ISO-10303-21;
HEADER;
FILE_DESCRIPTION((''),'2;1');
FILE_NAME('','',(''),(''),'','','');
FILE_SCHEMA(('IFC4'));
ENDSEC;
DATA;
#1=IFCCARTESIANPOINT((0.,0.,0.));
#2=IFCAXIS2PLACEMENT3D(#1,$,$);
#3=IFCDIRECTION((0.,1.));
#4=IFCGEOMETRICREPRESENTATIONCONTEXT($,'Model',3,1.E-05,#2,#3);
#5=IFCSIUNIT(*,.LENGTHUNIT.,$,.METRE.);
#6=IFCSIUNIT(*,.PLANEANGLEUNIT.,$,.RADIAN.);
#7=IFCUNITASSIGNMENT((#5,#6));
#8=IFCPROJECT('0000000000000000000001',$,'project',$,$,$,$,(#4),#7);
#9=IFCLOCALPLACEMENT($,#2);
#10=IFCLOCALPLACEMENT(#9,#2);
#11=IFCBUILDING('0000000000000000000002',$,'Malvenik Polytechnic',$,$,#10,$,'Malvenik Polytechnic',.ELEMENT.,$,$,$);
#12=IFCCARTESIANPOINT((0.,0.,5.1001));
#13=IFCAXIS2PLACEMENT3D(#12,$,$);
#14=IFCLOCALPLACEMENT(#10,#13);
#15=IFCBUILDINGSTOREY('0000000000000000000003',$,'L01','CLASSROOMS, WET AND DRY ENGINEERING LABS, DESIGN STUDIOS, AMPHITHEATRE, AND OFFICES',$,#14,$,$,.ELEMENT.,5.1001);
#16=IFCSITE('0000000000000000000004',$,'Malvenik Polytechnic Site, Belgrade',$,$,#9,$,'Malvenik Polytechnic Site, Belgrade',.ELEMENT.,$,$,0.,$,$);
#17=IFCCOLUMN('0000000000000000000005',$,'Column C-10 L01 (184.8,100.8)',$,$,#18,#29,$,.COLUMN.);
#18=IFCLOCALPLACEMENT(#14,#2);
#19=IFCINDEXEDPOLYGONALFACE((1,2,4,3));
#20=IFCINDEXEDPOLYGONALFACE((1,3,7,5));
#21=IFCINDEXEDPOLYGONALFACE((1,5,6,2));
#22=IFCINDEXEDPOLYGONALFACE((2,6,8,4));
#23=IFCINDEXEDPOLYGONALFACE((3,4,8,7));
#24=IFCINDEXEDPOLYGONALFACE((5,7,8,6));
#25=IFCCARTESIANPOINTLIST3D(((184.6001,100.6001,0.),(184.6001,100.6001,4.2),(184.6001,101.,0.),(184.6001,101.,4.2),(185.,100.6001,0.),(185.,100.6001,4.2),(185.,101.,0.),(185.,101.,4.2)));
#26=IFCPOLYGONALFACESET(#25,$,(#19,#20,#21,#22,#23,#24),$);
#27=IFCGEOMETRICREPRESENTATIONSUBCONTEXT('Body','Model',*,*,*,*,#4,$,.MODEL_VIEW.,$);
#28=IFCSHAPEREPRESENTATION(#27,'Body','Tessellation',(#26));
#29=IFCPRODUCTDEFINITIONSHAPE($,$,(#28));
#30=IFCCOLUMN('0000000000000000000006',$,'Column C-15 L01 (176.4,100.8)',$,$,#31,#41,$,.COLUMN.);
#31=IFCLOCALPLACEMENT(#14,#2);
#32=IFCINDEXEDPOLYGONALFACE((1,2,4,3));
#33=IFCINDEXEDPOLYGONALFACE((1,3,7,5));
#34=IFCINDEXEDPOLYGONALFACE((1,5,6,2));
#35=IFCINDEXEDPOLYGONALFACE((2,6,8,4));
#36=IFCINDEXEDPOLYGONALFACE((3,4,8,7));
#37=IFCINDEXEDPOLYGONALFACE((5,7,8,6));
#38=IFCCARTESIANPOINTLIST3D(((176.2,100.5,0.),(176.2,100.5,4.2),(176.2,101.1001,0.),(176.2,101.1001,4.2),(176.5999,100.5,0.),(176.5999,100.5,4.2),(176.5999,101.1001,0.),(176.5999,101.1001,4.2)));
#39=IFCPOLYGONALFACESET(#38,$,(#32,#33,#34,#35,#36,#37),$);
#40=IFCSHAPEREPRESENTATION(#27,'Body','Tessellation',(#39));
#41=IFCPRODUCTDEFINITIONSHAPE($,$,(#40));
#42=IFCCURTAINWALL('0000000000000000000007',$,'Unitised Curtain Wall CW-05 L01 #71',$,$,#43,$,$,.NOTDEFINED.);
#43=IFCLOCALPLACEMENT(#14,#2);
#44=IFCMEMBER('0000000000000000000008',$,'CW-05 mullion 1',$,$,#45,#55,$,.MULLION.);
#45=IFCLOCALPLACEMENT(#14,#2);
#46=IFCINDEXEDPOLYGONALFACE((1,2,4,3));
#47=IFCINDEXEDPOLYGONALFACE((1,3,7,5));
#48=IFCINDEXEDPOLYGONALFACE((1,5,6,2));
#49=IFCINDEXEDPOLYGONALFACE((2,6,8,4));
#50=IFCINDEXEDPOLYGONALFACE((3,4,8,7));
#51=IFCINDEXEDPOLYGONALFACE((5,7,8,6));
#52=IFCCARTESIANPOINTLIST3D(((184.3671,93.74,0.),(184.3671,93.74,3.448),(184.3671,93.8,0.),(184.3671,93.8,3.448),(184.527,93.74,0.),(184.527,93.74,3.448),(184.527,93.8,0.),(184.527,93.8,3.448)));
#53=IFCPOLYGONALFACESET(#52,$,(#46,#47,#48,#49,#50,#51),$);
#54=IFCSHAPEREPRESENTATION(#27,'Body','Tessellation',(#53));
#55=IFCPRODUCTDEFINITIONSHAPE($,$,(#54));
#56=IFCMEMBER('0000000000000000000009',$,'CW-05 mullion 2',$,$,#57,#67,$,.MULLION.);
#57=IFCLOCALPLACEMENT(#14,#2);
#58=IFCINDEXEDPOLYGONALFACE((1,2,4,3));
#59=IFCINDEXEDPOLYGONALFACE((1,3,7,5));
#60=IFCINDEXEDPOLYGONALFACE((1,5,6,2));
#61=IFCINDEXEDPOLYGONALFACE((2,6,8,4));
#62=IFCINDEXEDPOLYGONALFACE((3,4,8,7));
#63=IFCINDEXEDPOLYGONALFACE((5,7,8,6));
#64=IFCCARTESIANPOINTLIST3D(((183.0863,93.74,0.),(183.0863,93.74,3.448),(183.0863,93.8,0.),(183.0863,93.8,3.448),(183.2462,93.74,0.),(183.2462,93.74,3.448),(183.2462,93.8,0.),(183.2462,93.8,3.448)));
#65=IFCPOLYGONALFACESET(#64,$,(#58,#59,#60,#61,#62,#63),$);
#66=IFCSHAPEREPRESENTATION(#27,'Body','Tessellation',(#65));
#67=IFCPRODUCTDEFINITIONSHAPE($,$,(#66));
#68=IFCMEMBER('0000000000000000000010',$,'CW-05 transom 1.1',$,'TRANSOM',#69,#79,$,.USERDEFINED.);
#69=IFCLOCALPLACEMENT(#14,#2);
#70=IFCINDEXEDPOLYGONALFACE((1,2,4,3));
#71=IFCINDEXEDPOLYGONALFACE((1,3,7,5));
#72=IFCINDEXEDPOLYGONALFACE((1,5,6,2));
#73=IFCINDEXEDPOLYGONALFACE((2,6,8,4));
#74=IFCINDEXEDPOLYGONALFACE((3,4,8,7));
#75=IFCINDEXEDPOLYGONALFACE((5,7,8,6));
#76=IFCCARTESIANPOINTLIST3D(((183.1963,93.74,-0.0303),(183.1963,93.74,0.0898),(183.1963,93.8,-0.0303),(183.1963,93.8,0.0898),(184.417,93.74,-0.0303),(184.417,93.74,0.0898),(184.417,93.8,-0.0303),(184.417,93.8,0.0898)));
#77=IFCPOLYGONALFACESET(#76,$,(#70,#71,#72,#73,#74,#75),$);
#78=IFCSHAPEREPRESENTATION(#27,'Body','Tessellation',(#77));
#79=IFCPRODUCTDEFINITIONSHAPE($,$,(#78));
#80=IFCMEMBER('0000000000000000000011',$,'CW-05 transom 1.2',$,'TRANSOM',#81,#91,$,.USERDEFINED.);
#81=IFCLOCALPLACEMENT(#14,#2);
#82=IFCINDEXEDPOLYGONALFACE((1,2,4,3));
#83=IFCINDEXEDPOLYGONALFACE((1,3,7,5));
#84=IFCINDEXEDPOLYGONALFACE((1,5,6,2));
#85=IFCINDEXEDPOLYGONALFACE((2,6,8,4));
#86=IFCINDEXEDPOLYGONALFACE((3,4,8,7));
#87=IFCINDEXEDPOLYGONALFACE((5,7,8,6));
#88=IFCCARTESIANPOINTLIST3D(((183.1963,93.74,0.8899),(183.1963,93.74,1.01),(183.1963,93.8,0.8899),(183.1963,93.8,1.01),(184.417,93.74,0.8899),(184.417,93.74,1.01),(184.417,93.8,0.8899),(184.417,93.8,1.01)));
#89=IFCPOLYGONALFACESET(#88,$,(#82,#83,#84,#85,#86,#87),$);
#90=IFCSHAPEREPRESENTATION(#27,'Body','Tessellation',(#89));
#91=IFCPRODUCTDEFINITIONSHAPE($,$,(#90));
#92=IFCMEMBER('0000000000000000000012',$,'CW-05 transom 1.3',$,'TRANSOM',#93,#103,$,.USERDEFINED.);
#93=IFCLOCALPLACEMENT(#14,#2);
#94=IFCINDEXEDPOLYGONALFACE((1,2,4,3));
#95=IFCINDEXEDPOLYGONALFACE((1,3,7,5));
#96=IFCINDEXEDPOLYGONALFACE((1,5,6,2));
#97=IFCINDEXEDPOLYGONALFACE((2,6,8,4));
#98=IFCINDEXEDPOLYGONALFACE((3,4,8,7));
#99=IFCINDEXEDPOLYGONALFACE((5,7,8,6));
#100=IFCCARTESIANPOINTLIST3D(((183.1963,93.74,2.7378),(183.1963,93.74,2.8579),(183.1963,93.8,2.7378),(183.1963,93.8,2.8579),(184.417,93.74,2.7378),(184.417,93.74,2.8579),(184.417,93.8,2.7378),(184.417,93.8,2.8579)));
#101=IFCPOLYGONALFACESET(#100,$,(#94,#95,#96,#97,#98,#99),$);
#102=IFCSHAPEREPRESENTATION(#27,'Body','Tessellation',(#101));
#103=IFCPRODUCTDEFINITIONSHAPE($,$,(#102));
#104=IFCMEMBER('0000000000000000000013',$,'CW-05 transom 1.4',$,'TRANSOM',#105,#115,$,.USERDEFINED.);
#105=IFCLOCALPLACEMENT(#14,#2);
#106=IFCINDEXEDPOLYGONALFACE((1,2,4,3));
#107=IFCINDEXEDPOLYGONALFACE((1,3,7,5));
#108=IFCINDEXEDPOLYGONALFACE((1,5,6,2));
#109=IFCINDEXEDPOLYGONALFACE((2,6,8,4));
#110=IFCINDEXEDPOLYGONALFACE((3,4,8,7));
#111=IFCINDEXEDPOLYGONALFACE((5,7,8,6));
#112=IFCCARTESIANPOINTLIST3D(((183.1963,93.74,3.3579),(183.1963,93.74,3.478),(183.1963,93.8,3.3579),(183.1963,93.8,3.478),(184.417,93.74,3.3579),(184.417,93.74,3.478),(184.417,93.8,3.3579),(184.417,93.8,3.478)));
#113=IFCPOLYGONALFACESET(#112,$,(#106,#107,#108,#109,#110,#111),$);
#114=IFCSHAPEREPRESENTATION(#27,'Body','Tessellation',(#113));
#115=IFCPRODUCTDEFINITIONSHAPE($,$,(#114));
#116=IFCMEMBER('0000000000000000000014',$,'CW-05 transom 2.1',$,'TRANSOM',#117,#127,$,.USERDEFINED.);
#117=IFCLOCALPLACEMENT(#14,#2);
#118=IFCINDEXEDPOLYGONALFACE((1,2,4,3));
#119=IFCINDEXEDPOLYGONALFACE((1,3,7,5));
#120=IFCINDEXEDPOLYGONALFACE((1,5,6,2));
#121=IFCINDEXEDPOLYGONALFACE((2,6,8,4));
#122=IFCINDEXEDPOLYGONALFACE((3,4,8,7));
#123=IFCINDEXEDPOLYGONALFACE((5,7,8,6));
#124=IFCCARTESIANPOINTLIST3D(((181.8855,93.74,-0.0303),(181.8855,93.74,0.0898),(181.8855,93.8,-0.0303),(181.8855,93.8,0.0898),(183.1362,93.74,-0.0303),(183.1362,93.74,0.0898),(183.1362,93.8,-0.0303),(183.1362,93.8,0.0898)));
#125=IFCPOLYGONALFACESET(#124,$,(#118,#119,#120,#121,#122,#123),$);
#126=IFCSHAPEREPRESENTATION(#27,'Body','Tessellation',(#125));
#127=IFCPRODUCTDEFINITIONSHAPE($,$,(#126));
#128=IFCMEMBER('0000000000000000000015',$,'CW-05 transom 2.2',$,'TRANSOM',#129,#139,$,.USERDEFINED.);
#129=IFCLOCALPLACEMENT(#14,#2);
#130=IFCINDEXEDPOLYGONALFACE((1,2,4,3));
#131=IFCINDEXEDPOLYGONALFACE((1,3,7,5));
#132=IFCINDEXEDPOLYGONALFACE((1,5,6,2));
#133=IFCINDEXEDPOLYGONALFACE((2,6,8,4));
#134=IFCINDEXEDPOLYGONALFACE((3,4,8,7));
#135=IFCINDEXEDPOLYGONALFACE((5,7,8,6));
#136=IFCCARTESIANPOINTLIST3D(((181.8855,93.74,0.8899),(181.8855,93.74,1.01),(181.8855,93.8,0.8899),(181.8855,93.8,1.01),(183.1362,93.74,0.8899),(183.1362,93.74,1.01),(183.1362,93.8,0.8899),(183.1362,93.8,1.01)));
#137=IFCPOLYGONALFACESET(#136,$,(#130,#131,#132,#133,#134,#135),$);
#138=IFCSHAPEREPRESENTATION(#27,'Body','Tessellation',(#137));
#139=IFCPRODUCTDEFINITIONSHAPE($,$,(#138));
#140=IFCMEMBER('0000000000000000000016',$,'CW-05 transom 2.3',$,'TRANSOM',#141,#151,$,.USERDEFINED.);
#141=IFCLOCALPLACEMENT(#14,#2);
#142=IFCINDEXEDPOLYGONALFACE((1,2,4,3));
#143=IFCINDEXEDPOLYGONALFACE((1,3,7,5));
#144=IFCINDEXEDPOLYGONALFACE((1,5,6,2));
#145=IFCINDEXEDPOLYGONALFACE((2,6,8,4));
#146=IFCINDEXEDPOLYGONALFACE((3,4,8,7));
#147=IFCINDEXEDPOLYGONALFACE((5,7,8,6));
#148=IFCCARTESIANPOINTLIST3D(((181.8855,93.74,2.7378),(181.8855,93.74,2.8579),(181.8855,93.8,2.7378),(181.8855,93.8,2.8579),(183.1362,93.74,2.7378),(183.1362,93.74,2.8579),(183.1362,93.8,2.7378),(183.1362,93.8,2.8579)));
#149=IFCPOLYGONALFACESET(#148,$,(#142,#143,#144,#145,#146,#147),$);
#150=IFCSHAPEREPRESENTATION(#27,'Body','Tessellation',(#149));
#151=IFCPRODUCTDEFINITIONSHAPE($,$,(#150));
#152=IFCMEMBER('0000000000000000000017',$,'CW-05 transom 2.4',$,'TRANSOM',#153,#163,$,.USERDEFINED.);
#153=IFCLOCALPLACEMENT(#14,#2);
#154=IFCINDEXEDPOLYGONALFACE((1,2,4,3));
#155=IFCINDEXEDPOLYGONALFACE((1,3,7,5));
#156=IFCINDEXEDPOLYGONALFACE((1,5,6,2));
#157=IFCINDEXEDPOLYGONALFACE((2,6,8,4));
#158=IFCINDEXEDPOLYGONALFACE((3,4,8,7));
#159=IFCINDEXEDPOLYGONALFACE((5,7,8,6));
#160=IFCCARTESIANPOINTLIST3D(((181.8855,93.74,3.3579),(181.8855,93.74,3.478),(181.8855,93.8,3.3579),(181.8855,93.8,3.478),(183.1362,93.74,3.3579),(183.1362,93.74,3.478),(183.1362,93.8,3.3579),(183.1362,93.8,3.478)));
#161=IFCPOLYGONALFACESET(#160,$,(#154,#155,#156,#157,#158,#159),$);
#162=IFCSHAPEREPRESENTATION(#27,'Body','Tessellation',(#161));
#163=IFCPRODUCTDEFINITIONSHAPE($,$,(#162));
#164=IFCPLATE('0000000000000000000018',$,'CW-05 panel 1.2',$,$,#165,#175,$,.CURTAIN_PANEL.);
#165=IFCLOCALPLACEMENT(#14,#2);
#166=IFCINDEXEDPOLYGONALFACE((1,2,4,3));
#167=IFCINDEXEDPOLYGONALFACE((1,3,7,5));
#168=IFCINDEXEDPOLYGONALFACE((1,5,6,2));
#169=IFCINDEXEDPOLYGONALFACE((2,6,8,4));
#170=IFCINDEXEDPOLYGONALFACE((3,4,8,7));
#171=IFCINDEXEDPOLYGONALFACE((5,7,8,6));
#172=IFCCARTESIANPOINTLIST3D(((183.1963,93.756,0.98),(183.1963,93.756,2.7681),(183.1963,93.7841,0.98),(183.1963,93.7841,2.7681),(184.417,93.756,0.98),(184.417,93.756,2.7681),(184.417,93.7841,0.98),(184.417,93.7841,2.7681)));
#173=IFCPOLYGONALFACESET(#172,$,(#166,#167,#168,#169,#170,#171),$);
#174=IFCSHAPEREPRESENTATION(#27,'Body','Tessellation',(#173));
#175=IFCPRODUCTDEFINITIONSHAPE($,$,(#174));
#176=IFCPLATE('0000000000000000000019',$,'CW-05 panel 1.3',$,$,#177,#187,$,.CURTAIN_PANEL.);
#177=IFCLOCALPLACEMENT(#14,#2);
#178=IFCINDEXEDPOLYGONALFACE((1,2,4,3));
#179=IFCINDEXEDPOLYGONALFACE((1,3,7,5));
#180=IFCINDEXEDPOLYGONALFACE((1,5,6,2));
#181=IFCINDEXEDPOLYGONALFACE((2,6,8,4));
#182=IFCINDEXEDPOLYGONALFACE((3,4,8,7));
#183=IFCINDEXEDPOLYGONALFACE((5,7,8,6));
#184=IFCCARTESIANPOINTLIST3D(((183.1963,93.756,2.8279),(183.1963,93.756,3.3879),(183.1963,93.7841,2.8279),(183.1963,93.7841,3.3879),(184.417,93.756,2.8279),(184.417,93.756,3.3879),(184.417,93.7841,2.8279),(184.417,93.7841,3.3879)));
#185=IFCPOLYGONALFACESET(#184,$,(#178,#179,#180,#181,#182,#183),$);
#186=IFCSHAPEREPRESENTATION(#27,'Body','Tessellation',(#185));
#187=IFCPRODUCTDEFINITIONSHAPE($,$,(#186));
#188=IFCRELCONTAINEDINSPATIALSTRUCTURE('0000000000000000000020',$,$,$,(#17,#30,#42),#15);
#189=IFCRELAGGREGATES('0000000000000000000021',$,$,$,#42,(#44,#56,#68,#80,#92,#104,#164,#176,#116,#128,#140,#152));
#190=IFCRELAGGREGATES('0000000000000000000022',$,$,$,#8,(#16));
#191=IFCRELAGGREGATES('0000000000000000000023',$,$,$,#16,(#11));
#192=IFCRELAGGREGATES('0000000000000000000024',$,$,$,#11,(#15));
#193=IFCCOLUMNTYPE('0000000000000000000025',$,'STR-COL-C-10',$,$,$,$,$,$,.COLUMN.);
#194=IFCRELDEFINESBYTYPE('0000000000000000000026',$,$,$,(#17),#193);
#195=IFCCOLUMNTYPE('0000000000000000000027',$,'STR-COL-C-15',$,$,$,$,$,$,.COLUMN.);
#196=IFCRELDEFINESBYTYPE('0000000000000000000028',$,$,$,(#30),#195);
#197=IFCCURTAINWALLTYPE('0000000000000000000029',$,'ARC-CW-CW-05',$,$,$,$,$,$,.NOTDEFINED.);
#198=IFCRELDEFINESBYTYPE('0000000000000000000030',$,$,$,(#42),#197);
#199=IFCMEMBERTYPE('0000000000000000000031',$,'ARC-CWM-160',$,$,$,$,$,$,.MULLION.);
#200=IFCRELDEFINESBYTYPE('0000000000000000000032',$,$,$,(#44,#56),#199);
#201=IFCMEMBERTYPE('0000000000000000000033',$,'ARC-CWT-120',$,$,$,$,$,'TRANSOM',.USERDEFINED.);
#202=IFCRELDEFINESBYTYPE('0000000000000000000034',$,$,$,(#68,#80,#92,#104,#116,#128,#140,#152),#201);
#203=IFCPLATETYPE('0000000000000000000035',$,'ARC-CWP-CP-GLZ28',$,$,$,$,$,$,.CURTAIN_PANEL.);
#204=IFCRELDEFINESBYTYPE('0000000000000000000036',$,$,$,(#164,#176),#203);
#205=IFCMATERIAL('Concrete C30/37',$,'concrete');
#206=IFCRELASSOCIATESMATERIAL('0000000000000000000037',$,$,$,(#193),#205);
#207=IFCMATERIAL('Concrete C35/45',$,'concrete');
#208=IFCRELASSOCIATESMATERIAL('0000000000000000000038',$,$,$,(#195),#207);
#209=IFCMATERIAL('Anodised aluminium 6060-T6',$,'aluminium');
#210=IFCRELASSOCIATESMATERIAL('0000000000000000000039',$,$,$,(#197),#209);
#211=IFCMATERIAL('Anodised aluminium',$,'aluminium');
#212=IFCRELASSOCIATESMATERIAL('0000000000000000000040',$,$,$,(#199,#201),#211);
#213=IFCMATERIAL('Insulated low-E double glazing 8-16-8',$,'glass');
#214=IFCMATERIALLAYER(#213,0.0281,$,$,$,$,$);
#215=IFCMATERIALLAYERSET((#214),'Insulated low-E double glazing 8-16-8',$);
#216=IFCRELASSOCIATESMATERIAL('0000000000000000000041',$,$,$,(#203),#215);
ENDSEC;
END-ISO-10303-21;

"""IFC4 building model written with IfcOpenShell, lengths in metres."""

from ifc_helpers import new_model, si_unit, direction, frame, origin, origin_2d, place, context, subcontext, project, spatial, rectangle, extrude, material, layer, layer_set, material_profile, profile_set, type_object, element, aggregate, save


model = new_model("IFC4")

# Units and contexts
model_context = context("Model", 3, precision=1e-05, world=origin(), true_north=direction((0.0, 1.0)))
body_context = subcontext(model_context, "Body", "Model", "MODEL_VIEW")
ifc_project = project(units=[si_unit("LENGTHUNIT", "METRE"), si_unit("PLANEANGLEUNIT", "RADIAN")], contexts=[model_context])

# Site, building, storey
site_placement = place(None, origin())
site = spatial("IfcSite", under=ifc_project, at=site_placement, Name="Malvenik Polytechnic Site, Belgrade", LongName="Malvenik Polytechnic Site, Belgrade", CompositionType="ELEMENT", RefElevation=0.0)
building_placement = place(site_placement, origin())
building = spatial("IfcBuilding", under=site, at=building_placement, Name="Malvenik Polytechnic", LongName="Malvenik Polytechnic", CompositionType="ELEMENT")
storey_placement = place(building_placement, frame((0.0, 0.0, 5.1001)))
storey = spatial("IfcBuildingStorey", under=building, at=storey_placement, Name="L01", Description="CLASSROOMS, WET AND DRY ENGINEERING LABS, DESIGN STUDIOS, AMPHITHEATRE, AND OFFICES", CompositionType="ELEMENT", Elevation=5.1001)

# Columns
ifc_material_1 = material(Name="Concrete C30/37", Category="concrete")
ifc_material_profile_1 = material_profile(ifc_material_1, rectangle(XDim=0.3999, YDim=0.3999, at=origin_2d()), Name="RC COL 400x400")
ifc_profile_set_1 = profile_set([ifc_material_profile_1], Name="Concrete C30/37")
column_type_1 = type_object("IfcColumnType", Name="STR-COL-C-10", PredefinedType="COLUMN", material=ifc_profile_set_1)
column_1_placement = place(storey_placement, frame((184.8, 100.8, 0.0), z_axis=(0.0, 0.0, 1.0), x_axis=(1.0, 0.0, 0.0)))
element("IfcColumn", 1, at=column_1_placement, inside=storey, type_object=column_type_1, Name="Column C-10 L01 (184.8,100.8)", PredefinedType="COLUMN", context=body_context, shape_type="SweptSolid", body=[
    extrude(rectangle(XDim=0.3999, YDim=0.3999, at=origin_2d()), origin(), (0.0, 0.0, 1.0), 4.2),
])
ifc_material_2 = material(Name="Concrete C35/45", Category="concrete")
ifc_material_profile_2 = material_profile(ifc_material_2, rectangle(XDim=0.3999, YDim=0.6001, at=origin_2d()), Name="RC COL 600x400")
ifc_profile_set_2 = profile_set([ifc_material_profile_2], Name="Concrete C35/45")
column_type_2 = type_object("IfcColumnType", Name="STR-COL-C-15", PredefinedType="COLUMN", material=ifc_profile_set_2)
column_2_placement = place(storey_placement, frame((176.3999, 100.8, 0.0), z_axis=(0.0, 0.0, 1.0), x_axis=(1.0, 0.0, 0.0)))
element("IfcColumn", 2, at=column_2_placement, inside=storey, type_object=column_type_2, Name="Column C-15 L01 (176.4,100.8)", PredefinedType="COLUMN", context=body_context, shape_type="SweptSolid", body=[
    extrude(rectangle(XDim=0.3999, YDim=0.6001, at=origin_2d()), origin(), (0.0, 0.0, 1.0), 4.2),
])

# Curtain wall, members, plates
ifc_material_3 = material(Name="Anodised aluminium 6060-T6", Category="aluminium")
curtain_wall_type = type_object("IfcCurtainWallType", Name="ARC-CW-CW-05", PredefinedType="NOTDEFINED", material=ifc_material_3)
curtain_wall_placement = place(storey_placement, origin())
curtain_wall = element("IfcCurtainWall", 3, at=curtain_wall_placement, inside=storey, type_object=curtain_wall_type, Name="Unitised Curtain Wall CW-05 L01 #71", PredefinedType="NOTDEFINED")
ifc_material_4 = material(Name="Anodised aluminium", Category="aluminium")
ifc_material_profile_3 = material_profile(ifc_material_4, rectangle(XDim=0.0601, YDim=0.1599, at=origin_2d()), Name="ALU MULLION 60x160")
ifc_profile_set_3 = profile_set([ifc_material_profile_3], Name="Anodised aluminium")
member_type_1 = type_object("IfcMemberType", Name="ARC-CWM-160", PredefinedType="MULLION", material=ifc_profile_set_3)
member_1_placement = place(storey_placement, frame((184.447, 93.77, 0.0), z_axis=(0.0, 0.0, 1.0), x_axis=(0.0, -1.0, 0.0)))
member_1 = element("IfcMember", 4, at=member_1_placement, type_object=member_type_1, Name="CW-05 mullion 1", PredefinedType="MULLION", context=body_context, shape_type="SweptSolid", body=[
    extrude(rectangle(XDim=0.0601, YDim=0.1599, at=origin_2d()), origin(), (0.0, 0.0, 1.0), 3.448),
])
member_2_placement = place(storey_placement, frame((183.1663, 93.77, 0.0), z_axis=(0.0, 0.0, 1.0), x_axis=(0.0, -1.0, 0.0)))
member_2 = element("IfcMember", 5, at=member_2_placement, type_object=member_type_1, Name="CW-05 mullion 2", PredefinedType="MULLION", context=body_context, shape_type="SweptSolid", body=[
    extrude(rectangle(XDim=0.0601, YDim=0.1599, at=origin_2d()), origin(), (0.0, 0.0, 1.0), 3.448),
])
ifc_material_profile_4 = material_profile(ifc_material_4, rectangle(XDim=0.0601, YDim=0.1201, at=origin_2d()), Name="ALU TRANSOM 60x120")
ifc_profile_set_4 = profile_set([ifc_material_profile_4], Name="Anodised aluminium")
member_type_2 = type_object("IfcMemberType", Name="ARC-CWT-120", ElementType="TRANSOM", PredefinedType="USERDEFINED", material=ifc_profile_set_4)
member_3_placement = place(storey_placement, frame((184.417, 93.77, 0.0298), z_axis=(-1.0, 0.0, 0.0), x_axis=(0.0, -1.0, 0.0)))
member_3 = element("IfcMember", 6, at=member_3_placement, type_object=member_type_2, Name="CW-05 transom 1.1", ObjectType="TRANSOM", PredefinedType="USERDEFINED", context=body_context, shape_type="SweptSolid", body=[
    extrude(rectangle(XDim=0.0601, YDim=0.1201, at=origin_2d()), origin(), (0.0, 0.0, 1.0), 1.2207),
])
member_4_placement = place(storey_placement, frame((184.417, 93.77, 0.95), z_axis=(-1.0, 0.0, 0.0), x_axis=(0.0, -1.0, 0.0)))
member_4 = element("IfcMember", 7, at=member_4_placement, type_object=member_type_2, Name="CW-05 transom 1.2", ObjectType="TRANSOM", PredefinedType="USERDEFINED", context=body_context, shape_type="SweptSolid", body=[
    extrude(rectangle(XDim=0.0601, YDim=0.1201, at=origin_2d()), origin(), (0.0, 0.0, 1.0), 1.2207),
])
member_5_placement = place(storey_placement, frame((184.417, 93.77, 2.7979), z_axis=(-1.0, 0.0, 0.0), x_axis=(0.0, -1.0, 0.0)))
member_5 = element("IfcMember", 8, at=member_5_placement, type_object=member_type_2, Name="CW-05 transom 1.3", ObjectType="TRANSOM", PredefinedType="USERDEFINED", context=body_context, shape_type="SweptSolid", body=[
    extrude(rectangle(XDim=0.0601, YDim=0.1201, at=origin_2d()), origin(), (0.0, 0.0, 1.0), 1.2207),
])
member_6_placement = place(storey_placement, frame((184.417, 93.77, 3.418), z_axis=(-1.0, 0.0, 0.0), x_axis=(0.0, -1.0, 0.0)))
member_6 = element("IfcMember", 9, at=member_6_placement, type_object=member_type_2, Name="CW-05 transom 1.4", ObjectType="TRANSOM", PredefinedType="USERDEFINED", context=body_context, shape_type="SweptSolid", body=[
    extrude(rectangle(XDim=0.0601, YDim=0.1201, at=origin_2d()), origin(), (0.0, 0.0, 1.0), 1.2207),
])
member_7_placement = place(storey_placement, frame((183.1362, 93.77, 0.0298), z_axis=(-1.0, 0.0, 0.0), x_axis=(0.0, -1.0, 0.0)))
member_7 = element("IfcMember", 10, at=member_7_placement, type_object=member_type_2, Name="CW-05 transom 2.1", ObjectType="TRANSOM", PredefinedType="USERDEFINED", context=body_context, shape_type="SweptSolid", body=[
    extrude(rectangle(XDim=0.0601, YDim=0.1201, at=origin_2d()), origin(), (0.0, 0.0, 1.0), 1.2507),
])
member_8_placement = place(storey_placement, frame((183.1362, 93.77, 0.95), z_axis=(-1.0, 0.0, 0.0), x_axis=(0.0, -1.0, 0.0)))
member_8 = element("IfcMember", 11, at=member_8_placement, type_object=member_type_2, Name="CW-05 transom 2.2", ObjectType="TRANSOM", PredefinedType="USERDEFINED", context=body_context, shape_type="SweptSolid", body=[
    extrude(rectangle(XDim=0.0601, YDim=0.1201, at=origin_2d()), origin(), (0.0, 0.0, 1.0), 1.2507),
])
member_9_placement = place(storey_placement, frame((183.1362, 93.77, 2.7979), z_axis=(-1.0, 0.0, 0.0), x_axis=(0.0, -1.0, 0.0)))
member_9 = element("IfcMember", 12, at=member_9_placement, type_object=member_type_2, Name="CW-05 transom 2.3", ObjectType="TRANSOM", PredefinedType="USERDEFINED", context=body_context, shape_type="SweptSolid", body=[
    extrude(rectangle(XDim=0.0601, YDim=0.1201, at=origin_2d()), origin(), (0.0, 0.0, 1.0), 1.2507),
])
member_10_placement = place(storey_placement, frame((183.1362, 93.77, 3.418), z_axis=(-1.0, 0.0, 0.0), x_axis=(0.0, -1.0, 0.0)))
member_10 = element("IfcMember", 13, at=member_10_placement, type_object=member_type_2, Name="CW-05 transom 2.4", ObjectType="TRANSOM", PredefinedType="USERDEFINED", context=body_context, shape_type="SweptSolid", body=[
    extrude(rectangle(XDim=0.0601, YDim=0.1201, at=origin_2d()), origin(), (0.0, 0.0, 1.0), 1.2507),
])
ifc_material_5 = material(Name="Insulated low-E double glazing 8-16-8", Category="glass")
ifc_layer_1 = layer(ifc_material_5, 0.0281)
ifc_layer_set_1 = layer_set([ifc_layer_1], Name="Insulated low-E double glazing 8-16-8")
plate_type_1 = type_object("IfcPlateType", Name="ARC-CWP-CP-GLZ28", PredefinedType="CURTAIN_PANEL", material=ifc_layer_set_1)
plate_1_placement = place(storey_placement, frame((183.8066, 93.77, 0.98), z_axis=(0.0, 0.0, 1.0), x_axis=(-1.0, 0.0, 0.0)))
plate_1 = element("IfcPlate", 14, at=plate_1_placement, type_object=plate_type_1, Name="CW-05 panel 1.2", PredefinedType="CURTAIN_PANEL", context=body_context, shape_type="SweptSolid", body=[
    extrude(rectangle(XDim=1.2207, YDim=0.0281, at=origin_2d()), origin(), (0.0, 0.0, 1.0), 1.7881),
])
plate_2_placement = place(storey_placement, frame((183.8066, 93.77, 2.8279), z_axis=(0.0, 0.0, 1.0), x_axis=(-1.0, 0.0, 0.0)))
plate_2 = element("IfcPlate", 15, at=plate_2_placement, type_object=plate_type_1, Name="CW-05 panel 1.3", PredefinedType="CURTAIN_PANEL", context=body_context, shape_type="SweptSolid", body=[
    extrude(rectangle(XDim=1.2207, YDim=0.0281, at=origin_2d()), origin(), (0.0, 0.0, 1.0), 0.5601),
])
aggregate(curtain_wall, [member_1, member_2, member_3, member_4, member_5, member_6, plate_1, plate_2, member_7, member_8, member_9, member_10])

save(model, "model.ifc")
